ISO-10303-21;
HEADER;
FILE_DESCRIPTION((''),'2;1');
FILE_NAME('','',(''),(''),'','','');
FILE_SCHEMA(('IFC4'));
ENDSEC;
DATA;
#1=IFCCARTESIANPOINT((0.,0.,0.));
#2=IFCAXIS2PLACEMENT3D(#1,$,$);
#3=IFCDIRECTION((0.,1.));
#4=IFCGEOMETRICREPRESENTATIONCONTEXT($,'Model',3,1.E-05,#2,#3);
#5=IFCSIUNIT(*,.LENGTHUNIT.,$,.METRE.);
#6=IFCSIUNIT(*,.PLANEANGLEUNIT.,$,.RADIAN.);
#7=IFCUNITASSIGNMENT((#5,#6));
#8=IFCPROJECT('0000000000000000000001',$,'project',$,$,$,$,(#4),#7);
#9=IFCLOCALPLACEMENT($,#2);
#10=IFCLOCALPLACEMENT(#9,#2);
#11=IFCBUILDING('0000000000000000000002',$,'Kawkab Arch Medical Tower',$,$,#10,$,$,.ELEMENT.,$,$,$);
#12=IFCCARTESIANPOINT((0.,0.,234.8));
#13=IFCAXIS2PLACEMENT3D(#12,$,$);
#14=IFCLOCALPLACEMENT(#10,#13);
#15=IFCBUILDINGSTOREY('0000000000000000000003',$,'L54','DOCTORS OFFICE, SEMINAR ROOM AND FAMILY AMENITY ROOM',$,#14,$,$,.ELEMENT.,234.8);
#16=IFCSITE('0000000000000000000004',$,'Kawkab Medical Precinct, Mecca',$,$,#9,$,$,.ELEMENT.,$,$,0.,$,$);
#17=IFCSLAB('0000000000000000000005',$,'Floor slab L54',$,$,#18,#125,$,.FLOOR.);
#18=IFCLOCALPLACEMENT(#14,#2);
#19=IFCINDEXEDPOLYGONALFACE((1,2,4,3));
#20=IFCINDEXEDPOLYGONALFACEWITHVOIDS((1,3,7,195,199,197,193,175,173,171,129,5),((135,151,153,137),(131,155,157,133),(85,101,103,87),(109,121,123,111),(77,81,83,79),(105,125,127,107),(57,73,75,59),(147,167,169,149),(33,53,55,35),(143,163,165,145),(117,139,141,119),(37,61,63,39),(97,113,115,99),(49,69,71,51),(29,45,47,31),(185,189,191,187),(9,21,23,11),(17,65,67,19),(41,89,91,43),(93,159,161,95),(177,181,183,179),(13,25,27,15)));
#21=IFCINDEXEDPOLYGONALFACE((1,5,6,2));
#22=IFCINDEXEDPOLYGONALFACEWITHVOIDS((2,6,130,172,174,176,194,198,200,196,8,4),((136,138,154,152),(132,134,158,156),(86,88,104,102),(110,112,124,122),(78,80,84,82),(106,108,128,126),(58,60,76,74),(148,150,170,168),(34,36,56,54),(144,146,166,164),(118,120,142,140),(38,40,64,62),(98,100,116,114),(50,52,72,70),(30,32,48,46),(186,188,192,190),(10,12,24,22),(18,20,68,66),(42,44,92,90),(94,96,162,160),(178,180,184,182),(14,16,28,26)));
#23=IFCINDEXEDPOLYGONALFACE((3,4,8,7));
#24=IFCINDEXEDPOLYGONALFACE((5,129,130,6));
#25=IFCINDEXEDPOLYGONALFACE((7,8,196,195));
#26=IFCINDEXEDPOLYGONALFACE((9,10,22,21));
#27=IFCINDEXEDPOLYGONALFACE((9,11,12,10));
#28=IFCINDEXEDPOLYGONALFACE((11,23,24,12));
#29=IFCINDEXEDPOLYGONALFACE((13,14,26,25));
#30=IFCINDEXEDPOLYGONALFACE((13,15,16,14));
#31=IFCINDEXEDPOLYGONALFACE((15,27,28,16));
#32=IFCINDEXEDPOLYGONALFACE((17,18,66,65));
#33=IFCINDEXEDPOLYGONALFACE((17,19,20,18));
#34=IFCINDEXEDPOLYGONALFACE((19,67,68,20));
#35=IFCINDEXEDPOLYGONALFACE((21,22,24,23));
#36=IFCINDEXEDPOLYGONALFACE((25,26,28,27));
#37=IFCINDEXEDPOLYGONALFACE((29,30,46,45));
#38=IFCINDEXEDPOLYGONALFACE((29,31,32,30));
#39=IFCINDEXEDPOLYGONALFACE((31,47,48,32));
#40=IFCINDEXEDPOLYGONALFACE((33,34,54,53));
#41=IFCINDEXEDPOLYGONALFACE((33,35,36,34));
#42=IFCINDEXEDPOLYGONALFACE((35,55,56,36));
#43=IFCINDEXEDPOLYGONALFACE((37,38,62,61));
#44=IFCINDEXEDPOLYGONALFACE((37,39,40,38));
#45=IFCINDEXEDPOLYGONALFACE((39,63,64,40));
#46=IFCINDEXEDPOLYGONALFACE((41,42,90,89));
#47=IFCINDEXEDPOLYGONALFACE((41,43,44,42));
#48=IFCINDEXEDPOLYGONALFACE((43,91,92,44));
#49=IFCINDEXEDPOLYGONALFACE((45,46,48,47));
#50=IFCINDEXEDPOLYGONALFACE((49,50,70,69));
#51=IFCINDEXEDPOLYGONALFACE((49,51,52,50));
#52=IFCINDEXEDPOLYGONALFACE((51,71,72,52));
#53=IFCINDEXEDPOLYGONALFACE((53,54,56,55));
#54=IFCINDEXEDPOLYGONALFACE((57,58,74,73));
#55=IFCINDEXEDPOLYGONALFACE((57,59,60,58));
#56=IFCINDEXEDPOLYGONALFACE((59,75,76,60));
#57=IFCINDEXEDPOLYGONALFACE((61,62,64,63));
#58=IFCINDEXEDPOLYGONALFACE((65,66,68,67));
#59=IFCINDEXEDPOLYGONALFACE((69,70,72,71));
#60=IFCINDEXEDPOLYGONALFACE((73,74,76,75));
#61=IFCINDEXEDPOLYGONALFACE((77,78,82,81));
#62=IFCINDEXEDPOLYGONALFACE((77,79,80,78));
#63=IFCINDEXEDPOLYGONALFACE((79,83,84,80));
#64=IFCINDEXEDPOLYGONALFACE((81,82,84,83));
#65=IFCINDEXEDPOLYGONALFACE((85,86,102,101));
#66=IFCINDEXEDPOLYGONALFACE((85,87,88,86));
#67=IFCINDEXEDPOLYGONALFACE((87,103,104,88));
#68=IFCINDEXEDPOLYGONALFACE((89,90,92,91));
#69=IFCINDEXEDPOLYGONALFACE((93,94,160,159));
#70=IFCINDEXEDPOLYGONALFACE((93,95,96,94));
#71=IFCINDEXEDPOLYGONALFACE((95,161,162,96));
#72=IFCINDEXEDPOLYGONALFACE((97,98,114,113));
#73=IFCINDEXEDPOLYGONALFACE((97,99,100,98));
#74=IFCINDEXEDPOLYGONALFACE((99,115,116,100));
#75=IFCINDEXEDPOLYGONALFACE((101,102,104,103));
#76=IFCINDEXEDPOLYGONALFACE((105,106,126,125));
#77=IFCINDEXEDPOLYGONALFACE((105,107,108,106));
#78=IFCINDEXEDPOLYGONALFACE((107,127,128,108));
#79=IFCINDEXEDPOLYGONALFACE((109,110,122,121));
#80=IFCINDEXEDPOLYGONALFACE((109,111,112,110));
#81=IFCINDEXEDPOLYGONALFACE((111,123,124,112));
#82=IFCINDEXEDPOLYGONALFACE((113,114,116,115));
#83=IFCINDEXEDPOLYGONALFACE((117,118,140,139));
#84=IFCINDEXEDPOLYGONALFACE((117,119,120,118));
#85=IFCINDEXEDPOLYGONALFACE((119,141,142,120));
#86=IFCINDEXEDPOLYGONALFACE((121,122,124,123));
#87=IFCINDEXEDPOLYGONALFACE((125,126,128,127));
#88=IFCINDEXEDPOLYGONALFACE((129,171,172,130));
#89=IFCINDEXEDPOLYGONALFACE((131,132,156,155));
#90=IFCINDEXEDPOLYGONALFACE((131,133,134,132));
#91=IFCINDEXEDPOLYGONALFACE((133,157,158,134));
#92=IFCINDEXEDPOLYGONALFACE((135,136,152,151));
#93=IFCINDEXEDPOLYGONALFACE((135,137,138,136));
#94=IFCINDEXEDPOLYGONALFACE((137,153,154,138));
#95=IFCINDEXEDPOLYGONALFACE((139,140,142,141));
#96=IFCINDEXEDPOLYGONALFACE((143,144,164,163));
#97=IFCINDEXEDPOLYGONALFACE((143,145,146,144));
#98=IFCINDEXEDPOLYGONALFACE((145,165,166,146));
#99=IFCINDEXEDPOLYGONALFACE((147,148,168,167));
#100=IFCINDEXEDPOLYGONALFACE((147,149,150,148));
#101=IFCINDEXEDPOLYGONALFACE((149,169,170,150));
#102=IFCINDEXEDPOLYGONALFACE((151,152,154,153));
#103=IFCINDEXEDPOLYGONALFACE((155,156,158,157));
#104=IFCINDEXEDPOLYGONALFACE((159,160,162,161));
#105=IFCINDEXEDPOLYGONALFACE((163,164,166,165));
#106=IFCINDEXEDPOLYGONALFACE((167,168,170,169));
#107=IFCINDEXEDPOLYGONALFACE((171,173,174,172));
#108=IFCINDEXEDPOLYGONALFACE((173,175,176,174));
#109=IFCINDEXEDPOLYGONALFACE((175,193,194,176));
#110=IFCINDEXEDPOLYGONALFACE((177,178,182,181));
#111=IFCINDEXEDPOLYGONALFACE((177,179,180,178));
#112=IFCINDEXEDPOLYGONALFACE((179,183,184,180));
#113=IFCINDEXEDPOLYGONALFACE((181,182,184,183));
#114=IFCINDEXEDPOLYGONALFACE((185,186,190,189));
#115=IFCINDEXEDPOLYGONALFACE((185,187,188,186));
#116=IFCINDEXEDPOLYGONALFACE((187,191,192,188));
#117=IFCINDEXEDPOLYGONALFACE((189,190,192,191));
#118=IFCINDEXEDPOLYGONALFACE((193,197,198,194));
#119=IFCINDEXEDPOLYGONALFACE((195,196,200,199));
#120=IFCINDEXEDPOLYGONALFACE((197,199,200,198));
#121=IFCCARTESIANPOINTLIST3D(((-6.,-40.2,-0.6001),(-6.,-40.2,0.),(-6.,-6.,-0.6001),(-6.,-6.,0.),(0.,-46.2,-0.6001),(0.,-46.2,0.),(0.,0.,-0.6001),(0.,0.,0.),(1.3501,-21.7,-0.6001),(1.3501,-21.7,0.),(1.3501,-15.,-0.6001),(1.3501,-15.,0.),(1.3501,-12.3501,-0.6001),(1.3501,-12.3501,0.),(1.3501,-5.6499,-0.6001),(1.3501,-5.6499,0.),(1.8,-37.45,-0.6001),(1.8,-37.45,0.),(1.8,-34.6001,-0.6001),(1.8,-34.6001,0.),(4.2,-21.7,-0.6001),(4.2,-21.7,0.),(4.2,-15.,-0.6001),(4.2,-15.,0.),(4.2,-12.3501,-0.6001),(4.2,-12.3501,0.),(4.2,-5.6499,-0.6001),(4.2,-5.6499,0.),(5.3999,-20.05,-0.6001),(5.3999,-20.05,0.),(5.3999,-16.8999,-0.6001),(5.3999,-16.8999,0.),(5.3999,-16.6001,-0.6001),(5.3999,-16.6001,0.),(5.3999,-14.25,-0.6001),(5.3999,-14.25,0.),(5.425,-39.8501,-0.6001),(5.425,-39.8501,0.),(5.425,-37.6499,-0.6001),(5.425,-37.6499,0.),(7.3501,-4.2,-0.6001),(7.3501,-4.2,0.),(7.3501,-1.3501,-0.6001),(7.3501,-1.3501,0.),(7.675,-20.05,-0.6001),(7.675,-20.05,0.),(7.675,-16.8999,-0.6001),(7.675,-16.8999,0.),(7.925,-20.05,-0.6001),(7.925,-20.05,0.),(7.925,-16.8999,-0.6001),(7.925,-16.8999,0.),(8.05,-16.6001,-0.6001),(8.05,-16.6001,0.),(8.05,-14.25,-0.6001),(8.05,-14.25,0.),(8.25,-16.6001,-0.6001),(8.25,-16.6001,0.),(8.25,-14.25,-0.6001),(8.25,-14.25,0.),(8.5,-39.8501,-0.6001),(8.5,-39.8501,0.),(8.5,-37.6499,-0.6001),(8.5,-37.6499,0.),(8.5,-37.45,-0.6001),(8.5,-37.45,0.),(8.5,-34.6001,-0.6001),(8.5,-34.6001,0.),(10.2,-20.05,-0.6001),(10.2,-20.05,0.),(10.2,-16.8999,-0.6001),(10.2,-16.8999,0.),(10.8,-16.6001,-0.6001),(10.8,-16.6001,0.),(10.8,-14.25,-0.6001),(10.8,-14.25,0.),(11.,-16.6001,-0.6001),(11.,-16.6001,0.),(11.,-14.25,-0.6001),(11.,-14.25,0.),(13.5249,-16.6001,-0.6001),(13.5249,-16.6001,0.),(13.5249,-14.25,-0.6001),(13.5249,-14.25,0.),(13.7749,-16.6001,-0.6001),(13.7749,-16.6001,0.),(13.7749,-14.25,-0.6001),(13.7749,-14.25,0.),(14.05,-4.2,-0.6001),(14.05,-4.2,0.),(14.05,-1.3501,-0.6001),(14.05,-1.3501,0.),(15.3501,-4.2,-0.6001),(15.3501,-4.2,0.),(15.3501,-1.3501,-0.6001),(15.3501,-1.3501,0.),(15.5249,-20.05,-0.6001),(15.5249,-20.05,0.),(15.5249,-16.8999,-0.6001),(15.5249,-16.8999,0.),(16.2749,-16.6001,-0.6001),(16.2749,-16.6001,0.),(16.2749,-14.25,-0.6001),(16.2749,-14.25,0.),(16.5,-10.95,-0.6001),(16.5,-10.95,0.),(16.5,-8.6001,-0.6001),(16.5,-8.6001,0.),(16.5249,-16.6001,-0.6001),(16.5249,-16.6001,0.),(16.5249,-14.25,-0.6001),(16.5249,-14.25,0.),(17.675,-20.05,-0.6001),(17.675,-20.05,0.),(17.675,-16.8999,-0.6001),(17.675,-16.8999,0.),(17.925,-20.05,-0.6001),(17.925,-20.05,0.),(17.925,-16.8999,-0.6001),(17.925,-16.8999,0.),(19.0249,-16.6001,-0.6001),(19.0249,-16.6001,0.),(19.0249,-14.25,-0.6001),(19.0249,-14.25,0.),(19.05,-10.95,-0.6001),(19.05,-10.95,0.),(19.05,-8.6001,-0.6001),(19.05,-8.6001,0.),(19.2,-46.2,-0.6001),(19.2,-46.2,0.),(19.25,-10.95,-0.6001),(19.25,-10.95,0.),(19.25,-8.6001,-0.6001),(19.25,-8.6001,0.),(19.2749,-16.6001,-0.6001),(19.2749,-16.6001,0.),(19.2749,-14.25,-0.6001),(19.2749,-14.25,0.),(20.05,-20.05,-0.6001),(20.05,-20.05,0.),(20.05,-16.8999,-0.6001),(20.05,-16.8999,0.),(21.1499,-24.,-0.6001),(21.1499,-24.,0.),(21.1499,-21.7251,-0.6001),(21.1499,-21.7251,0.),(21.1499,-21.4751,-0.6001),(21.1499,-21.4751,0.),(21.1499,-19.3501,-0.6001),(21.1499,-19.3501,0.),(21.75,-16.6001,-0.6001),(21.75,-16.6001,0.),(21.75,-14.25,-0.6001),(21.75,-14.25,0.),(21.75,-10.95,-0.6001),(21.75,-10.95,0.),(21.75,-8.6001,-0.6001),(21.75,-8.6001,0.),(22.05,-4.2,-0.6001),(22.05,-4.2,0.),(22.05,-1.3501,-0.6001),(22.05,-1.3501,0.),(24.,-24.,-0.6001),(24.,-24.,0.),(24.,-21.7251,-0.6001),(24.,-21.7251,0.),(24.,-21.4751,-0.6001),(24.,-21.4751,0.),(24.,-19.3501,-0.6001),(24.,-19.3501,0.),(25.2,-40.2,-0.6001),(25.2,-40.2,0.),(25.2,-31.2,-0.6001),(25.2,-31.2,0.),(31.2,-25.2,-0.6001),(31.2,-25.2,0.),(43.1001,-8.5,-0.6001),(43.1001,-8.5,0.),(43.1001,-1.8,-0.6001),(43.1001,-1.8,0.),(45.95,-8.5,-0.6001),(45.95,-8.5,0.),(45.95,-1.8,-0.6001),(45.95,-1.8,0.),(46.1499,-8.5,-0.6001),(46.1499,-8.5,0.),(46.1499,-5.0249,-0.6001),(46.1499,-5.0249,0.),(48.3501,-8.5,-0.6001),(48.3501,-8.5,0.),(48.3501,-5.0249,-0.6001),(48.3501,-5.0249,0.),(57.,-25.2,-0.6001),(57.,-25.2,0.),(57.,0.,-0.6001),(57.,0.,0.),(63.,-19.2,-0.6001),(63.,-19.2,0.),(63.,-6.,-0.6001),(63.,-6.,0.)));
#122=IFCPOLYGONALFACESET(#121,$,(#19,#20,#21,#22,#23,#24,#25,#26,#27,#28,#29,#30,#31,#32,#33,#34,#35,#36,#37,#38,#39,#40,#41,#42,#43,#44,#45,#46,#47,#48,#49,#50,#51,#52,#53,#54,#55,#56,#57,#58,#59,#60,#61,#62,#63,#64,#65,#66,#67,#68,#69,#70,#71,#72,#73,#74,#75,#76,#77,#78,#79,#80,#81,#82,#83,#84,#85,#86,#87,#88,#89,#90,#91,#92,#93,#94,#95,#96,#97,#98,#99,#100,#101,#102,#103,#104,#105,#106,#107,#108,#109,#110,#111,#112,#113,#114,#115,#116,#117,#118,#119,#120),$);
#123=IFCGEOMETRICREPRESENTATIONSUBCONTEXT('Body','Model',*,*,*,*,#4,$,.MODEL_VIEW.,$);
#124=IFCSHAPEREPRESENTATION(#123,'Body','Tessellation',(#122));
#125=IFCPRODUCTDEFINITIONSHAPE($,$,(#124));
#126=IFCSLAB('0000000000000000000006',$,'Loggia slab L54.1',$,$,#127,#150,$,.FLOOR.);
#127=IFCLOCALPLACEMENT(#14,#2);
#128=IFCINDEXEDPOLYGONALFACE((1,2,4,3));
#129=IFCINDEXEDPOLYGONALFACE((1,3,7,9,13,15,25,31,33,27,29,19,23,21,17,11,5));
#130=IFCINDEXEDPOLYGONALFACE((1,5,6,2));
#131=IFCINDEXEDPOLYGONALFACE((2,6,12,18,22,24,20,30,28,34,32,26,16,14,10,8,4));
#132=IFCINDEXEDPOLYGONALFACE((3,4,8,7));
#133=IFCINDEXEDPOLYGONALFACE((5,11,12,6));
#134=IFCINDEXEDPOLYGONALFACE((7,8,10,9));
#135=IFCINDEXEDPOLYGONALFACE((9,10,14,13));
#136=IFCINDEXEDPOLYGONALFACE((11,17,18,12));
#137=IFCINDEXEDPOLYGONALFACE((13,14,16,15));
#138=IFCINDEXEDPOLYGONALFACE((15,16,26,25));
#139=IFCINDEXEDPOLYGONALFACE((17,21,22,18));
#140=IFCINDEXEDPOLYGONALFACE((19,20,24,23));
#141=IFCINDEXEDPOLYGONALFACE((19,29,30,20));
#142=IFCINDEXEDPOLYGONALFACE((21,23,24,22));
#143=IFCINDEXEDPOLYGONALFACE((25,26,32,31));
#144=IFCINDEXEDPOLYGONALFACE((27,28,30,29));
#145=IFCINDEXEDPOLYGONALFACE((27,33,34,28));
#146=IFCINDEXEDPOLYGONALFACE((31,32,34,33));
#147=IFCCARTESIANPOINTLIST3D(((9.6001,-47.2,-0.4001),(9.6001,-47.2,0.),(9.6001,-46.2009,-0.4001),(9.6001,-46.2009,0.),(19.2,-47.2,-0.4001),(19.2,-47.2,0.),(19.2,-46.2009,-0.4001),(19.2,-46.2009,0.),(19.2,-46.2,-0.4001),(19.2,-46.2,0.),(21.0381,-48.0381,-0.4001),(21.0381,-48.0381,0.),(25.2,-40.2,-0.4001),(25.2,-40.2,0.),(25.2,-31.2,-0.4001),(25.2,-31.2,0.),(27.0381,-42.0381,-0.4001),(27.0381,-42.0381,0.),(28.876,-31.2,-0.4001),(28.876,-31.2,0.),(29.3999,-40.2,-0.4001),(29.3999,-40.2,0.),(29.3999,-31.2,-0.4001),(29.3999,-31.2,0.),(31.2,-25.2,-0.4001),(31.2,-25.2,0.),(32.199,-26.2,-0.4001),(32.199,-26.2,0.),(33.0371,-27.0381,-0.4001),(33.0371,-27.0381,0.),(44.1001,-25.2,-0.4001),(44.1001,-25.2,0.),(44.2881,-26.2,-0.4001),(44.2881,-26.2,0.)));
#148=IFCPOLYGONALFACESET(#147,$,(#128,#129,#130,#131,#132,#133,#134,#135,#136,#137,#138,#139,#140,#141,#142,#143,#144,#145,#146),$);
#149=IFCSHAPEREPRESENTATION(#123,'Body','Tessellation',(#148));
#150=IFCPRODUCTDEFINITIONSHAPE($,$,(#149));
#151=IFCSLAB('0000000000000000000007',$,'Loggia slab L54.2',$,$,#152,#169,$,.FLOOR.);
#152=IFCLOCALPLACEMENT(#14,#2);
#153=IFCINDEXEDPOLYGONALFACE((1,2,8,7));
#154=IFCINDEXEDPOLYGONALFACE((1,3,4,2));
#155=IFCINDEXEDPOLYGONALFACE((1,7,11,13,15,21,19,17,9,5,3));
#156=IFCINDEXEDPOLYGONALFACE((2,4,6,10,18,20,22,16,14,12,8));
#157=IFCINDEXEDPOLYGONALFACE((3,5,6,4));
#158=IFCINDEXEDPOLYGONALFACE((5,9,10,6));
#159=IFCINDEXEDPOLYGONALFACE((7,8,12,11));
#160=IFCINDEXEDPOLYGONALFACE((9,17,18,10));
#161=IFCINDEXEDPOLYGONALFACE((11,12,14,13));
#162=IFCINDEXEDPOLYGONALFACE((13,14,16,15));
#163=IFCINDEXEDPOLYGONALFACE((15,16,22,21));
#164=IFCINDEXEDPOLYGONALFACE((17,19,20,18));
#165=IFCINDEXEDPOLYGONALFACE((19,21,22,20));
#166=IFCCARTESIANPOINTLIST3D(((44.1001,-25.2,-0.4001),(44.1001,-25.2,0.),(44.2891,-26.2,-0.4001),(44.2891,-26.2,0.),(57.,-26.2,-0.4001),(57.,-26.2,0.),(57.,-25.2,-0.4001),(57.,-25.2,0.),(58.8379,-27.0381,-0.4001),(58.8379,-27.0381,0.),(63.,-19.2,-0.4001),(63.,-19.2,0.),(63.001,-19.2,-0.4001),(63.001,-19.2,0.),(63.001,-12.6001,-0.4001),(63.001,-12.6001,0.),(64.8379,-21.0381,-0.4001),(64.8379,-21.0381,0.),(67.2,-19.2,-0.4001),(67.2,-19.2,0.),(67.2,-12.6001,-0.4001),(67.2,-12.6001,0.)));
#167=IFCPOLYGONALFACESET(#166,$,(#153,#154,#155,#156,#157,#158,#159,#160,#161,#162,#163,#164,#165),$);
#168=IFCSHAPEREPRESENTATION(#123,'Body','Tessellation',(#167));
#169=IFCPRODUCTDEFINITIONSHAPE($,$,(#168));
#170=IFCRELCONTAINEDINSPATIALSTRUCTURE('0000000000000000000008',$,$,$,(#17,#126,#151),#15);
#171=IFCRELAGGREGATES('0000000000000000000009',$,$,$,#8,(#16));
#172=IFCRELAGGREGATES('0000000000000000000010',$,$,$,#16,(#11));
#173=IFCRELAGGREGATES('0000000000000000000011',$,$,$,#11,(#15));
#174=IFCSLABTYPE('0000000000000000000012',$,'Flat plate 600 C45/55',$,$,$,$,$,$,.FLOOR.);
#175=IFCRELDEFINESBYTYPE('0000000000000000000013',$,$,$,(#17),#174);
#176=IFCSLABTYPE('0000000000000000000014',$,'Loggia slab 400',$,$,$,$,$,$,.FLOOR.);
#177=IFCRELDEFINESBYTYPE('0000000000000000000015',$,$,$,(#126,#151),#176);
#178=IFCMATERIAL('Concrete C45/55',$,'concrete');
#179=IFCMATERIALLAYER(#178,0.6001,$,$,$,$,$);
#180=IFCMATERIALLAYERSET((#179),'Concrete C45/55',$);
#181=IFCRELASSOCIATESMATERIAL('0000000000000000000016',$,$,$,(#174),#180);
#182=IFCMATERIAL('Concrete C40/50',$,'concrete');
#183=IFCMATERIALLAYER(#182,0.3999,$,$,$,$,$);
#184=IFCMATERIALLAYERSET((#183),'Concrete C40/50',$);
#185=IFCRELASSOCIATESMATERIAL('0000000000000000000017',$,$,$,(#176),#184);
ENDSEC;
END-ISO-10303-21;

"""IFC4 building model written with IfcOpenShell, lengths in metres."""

from ifc_helpers import new_model, si_unit, direction, frame, origin, place, context, subcontext, project, spatial, polyline, outline, extrude, material, layer, layer_set, type_object, element, save


model = new_model("IFC4")

# Units and contexts
model_context = context("Model", 3, precision=1e-05, world=origin(), true_north=direction((0.0, 1.0)))
body_context = subcontext(model_context, "Body", "Model", "MODEL_VIEW")
ifc_project = project(units=[si_unit("LENGTHUNIT", "METRE"), si_unit("PLANEANGLEUNIT", "RADIAN")], contexts=[model_context])

# Site, building, storey
site_placement = place(None, origin())
site = spatial("IfcSite", under=ifc_project, at=site_placement, Name="Kawkab Medical Precinct, Mecca", CompositionType="ELEMENT", RefElevation=0.0)
building_placement = place(site_placement, origin())
building = spatial("IfcBuilding", under=site, at=building_placement, Name="Kawkab Arch Medical Tower", CompositionType="ELEMENT")
storey_placement = place(building_placement, frame((0.0, 0.0, 234.8)))
storey = spatial("IfcBuildingStorey", under=building, at=storey_placement, Name="L54", Description="DOCTORS OFFICE, SEMINAR ROOM AND FAMILY AMENITY ROOM", CompositionType="ELEMENT", Elevation=234.8)

# Slabs
ifc_material_1 = material(Name="Concrete C45/55", Category="concrete")
ifc_layer_1 = layer(ifc_material_1, 0.6001)
ifc_layer_set_1 = layer_set([ifc_layer_1], Name="Concrete C45/55")
slab_type_1 = type_object("IfcSlabType", Name="Flat plate 600 C45/55", PredefinedType="FLOOR", material=ifc_layer_set_1)
slab_1_placement = place(storey_placement, frame((0.0, 0.0, -0.6001)))
element("IfcSlab", 1, at=slab_1_placement, inside=storey, type_object=slab_type_1, Name="Floor slab L54", PredefinedType="FLOOR", context=body_context, shape_type="SweptSolid", body=[
    extrude(outline(polyline([(0.0, 0.0), (57.0, 0.0), (63.0, -6.0), (63.0, -19.2), (57.0, -25.2), (31.2, -25.2), (25.2, -31.2), (25.2, -40.2), (19.2, -46.2), (0.0, -46.2), (-6.0, -40.2), (-6.0, -6.0), (0.0, 0.0)]), holes=[polyline([(5.425, -37.6499), (5.425, -39.8501), (8.5, -39.8501), (8.5, -37.6499), (5.425, -37.6499)]), polyline([(8.5, -37.45), (8.5, -34.6001), (1.8, -34.6001), (1.8, -37.45), (8.5, -37.45)]), polyline([(5.3999, -20.05), (7.675, -20.05), (7.675, -16.8999), (5.3999, -16.8999), (5.3999, -20.05)]), polyline([(10.2, -20.05), (10.2, -16.8999), (7.925, -16.8999), (7.925, -20.05), (10.2, -20.05)]), polyline([(4.2, -21.7), (4.2, -15.0), (1.3501, -15.0), (1.3501, -21.7), (4.2, -21.7)]), polyline([(5.3999, -16.6001), (8.05, -16.6001), (8.05, -14.25), (5.3999, -14.25), (5.3999, -16.6001)]), polyline([(8.25, -16.6001), (10.8, -16.6001), (10.8, -14.25), (8.25, -14.25), (8.25, -16.6001)]), polyline([(11.0, -14.25), (11.0, -16.6001), (13.5249, -16.6001), (13.5249, -14.25), (11.0, -14.25)]), polyline([(13.7749, -16.6001), (16.2749, -16.6001), (16.2749, -14.25), (13.7749, -14.25), (13.7749, -16.6001)]), polyline([(4.2, -12.3501), (4.2, -5.6499), (1.3501, -5.6499), (1.3501, -12.3501), (4.2, -12.3501)]), polyline([(7.3501, -4.2), (14.05, -4.2), (14.05, -1.3501), (7.3501, -1.3501), (7.3501, -4.2)]), polyline([(24.0, -21.7251), (21.1499, -21.7251), (21.1499, -24.0), (24.0, -24.0), (24.0, -21.7251)]), polyline([(24.0, -19.3501), (21.1499, -19.3501), (21.1499, -21.4751), (24.0, -21.4751), (24.0, -19.3501)]), polyline([(17.675, -16.8999), (15.5249, -16.8999), (15.5249, -20.05), (17.675, -20.05), (17.675, -16.8999)]), polyline([(20.05, -20.05), (20.05, -16.8999), (17.925, -16.8999), (17.925, -20.05), (20.05, -20.05)]), polyline([(19.0249, -16.6001), (19.0249, -14.25), (16.5249, -14.25), (16.5249, -16.6001), (19.0249, -16.6001)]), polyline([(21.75, -16.6001), (21.75, -14.25), (19.2749, -14.25), (19.2749, -16.6001), (21.75, -16.6001)]), polyline([(19.05, -8.6001), (16.5, -8.6001), (16.5, -10.95), (19.05, -10.95), (19.05, -8.6001)]), polyline([(21.75, -10.95), (21.75, -8.6001), (19.25, -8.6001), (19.25, -10.95), (21.75, -10.95)]), polyline([(46.1499, -8.5), (48.3501, -8.5), (48.3501, -5.0249), (46.1499, -5.0249), (46.1499, -8.5)]), polyline([(43.1001, -1.8), (43.1001, -8.5), (45.95, -8.5), (45.95, -1.8), (43.1001, -1.8)]), polyline([(22.05, -1.3501), (15.3501, -1.3501), (15.3501, -4.2), (22.05, -4.2), (22.05, -1.3501)])]), origin(), (0.0, 0.0, 1.0), 0.6001),
])
ifc_material_2 = material(Name="Concrete C40/50", Category="concrete")
ifc_layer_2 = layer(ifc_material_2, 0.3999)
ifc_layer_set_2 = layer_set([ifc_layer_2], Name="Concrete C40/50")
slab_type_2 = type_object("IfcSlabType", Name="Loggia slab 400", PredefinedType="FLOOR", material=ifc_layer_set_2)
placement_1 = place(storey_placement, frame((0.0, 0.0, -0.4001)))
element("IfcSlab", 2, at=placement_1, inside=storey, type_object=slab_type_2, Name="Loggia slab L54.1", PredefinedType="FLOOR", context=body_context, shape_type="SweptSolid", body=[
    extrude(outline(polyline([(9.6001, -46.2009), (19.2, -46.2009), (19.2, -46.2), (25.2, -40.2), (25.2, -31.2), (31.2, -25.2), (44.1001, -25.2), (44.2881, -26.2), (32.199, -26.2), (33.0371, -27.0381), (28.876, -31.2), (29.3999, -31.2), (29.3999, -40.2), (27.0381, -42.0381), (21.0381, -48.0381), (19.2, -47.2), (9.6001, -47.2), (9.6001, -46.2009)])), origin(), (0.0, 0.0, 1.0), 0.4001),
])
element("IfcSlab", 3, at=placement_1, inside=storey, type_object=slab_type_2, Name="Loggia slab L54.2", PredefinedType="FLOOR", context=body_context, shape_type="SweptSolid", body=[
    extrude(outline(polyline([(64.8379, -21.0381), (58.8379, -27.0381), (57.0, -26.2), (44.2891, -26.2), (44.1001, -25.2), (57.0, -25.2), (63.0, -19.2), (63.001, -19.2), (63.001, -12.6001), (67.2, -12.6001), (67.2, -19.2), (64.8379, -21.0381)])), origin(), (0.0, 0.0, 1.0), 0.4001),
])

save(model, "model.ifc")
